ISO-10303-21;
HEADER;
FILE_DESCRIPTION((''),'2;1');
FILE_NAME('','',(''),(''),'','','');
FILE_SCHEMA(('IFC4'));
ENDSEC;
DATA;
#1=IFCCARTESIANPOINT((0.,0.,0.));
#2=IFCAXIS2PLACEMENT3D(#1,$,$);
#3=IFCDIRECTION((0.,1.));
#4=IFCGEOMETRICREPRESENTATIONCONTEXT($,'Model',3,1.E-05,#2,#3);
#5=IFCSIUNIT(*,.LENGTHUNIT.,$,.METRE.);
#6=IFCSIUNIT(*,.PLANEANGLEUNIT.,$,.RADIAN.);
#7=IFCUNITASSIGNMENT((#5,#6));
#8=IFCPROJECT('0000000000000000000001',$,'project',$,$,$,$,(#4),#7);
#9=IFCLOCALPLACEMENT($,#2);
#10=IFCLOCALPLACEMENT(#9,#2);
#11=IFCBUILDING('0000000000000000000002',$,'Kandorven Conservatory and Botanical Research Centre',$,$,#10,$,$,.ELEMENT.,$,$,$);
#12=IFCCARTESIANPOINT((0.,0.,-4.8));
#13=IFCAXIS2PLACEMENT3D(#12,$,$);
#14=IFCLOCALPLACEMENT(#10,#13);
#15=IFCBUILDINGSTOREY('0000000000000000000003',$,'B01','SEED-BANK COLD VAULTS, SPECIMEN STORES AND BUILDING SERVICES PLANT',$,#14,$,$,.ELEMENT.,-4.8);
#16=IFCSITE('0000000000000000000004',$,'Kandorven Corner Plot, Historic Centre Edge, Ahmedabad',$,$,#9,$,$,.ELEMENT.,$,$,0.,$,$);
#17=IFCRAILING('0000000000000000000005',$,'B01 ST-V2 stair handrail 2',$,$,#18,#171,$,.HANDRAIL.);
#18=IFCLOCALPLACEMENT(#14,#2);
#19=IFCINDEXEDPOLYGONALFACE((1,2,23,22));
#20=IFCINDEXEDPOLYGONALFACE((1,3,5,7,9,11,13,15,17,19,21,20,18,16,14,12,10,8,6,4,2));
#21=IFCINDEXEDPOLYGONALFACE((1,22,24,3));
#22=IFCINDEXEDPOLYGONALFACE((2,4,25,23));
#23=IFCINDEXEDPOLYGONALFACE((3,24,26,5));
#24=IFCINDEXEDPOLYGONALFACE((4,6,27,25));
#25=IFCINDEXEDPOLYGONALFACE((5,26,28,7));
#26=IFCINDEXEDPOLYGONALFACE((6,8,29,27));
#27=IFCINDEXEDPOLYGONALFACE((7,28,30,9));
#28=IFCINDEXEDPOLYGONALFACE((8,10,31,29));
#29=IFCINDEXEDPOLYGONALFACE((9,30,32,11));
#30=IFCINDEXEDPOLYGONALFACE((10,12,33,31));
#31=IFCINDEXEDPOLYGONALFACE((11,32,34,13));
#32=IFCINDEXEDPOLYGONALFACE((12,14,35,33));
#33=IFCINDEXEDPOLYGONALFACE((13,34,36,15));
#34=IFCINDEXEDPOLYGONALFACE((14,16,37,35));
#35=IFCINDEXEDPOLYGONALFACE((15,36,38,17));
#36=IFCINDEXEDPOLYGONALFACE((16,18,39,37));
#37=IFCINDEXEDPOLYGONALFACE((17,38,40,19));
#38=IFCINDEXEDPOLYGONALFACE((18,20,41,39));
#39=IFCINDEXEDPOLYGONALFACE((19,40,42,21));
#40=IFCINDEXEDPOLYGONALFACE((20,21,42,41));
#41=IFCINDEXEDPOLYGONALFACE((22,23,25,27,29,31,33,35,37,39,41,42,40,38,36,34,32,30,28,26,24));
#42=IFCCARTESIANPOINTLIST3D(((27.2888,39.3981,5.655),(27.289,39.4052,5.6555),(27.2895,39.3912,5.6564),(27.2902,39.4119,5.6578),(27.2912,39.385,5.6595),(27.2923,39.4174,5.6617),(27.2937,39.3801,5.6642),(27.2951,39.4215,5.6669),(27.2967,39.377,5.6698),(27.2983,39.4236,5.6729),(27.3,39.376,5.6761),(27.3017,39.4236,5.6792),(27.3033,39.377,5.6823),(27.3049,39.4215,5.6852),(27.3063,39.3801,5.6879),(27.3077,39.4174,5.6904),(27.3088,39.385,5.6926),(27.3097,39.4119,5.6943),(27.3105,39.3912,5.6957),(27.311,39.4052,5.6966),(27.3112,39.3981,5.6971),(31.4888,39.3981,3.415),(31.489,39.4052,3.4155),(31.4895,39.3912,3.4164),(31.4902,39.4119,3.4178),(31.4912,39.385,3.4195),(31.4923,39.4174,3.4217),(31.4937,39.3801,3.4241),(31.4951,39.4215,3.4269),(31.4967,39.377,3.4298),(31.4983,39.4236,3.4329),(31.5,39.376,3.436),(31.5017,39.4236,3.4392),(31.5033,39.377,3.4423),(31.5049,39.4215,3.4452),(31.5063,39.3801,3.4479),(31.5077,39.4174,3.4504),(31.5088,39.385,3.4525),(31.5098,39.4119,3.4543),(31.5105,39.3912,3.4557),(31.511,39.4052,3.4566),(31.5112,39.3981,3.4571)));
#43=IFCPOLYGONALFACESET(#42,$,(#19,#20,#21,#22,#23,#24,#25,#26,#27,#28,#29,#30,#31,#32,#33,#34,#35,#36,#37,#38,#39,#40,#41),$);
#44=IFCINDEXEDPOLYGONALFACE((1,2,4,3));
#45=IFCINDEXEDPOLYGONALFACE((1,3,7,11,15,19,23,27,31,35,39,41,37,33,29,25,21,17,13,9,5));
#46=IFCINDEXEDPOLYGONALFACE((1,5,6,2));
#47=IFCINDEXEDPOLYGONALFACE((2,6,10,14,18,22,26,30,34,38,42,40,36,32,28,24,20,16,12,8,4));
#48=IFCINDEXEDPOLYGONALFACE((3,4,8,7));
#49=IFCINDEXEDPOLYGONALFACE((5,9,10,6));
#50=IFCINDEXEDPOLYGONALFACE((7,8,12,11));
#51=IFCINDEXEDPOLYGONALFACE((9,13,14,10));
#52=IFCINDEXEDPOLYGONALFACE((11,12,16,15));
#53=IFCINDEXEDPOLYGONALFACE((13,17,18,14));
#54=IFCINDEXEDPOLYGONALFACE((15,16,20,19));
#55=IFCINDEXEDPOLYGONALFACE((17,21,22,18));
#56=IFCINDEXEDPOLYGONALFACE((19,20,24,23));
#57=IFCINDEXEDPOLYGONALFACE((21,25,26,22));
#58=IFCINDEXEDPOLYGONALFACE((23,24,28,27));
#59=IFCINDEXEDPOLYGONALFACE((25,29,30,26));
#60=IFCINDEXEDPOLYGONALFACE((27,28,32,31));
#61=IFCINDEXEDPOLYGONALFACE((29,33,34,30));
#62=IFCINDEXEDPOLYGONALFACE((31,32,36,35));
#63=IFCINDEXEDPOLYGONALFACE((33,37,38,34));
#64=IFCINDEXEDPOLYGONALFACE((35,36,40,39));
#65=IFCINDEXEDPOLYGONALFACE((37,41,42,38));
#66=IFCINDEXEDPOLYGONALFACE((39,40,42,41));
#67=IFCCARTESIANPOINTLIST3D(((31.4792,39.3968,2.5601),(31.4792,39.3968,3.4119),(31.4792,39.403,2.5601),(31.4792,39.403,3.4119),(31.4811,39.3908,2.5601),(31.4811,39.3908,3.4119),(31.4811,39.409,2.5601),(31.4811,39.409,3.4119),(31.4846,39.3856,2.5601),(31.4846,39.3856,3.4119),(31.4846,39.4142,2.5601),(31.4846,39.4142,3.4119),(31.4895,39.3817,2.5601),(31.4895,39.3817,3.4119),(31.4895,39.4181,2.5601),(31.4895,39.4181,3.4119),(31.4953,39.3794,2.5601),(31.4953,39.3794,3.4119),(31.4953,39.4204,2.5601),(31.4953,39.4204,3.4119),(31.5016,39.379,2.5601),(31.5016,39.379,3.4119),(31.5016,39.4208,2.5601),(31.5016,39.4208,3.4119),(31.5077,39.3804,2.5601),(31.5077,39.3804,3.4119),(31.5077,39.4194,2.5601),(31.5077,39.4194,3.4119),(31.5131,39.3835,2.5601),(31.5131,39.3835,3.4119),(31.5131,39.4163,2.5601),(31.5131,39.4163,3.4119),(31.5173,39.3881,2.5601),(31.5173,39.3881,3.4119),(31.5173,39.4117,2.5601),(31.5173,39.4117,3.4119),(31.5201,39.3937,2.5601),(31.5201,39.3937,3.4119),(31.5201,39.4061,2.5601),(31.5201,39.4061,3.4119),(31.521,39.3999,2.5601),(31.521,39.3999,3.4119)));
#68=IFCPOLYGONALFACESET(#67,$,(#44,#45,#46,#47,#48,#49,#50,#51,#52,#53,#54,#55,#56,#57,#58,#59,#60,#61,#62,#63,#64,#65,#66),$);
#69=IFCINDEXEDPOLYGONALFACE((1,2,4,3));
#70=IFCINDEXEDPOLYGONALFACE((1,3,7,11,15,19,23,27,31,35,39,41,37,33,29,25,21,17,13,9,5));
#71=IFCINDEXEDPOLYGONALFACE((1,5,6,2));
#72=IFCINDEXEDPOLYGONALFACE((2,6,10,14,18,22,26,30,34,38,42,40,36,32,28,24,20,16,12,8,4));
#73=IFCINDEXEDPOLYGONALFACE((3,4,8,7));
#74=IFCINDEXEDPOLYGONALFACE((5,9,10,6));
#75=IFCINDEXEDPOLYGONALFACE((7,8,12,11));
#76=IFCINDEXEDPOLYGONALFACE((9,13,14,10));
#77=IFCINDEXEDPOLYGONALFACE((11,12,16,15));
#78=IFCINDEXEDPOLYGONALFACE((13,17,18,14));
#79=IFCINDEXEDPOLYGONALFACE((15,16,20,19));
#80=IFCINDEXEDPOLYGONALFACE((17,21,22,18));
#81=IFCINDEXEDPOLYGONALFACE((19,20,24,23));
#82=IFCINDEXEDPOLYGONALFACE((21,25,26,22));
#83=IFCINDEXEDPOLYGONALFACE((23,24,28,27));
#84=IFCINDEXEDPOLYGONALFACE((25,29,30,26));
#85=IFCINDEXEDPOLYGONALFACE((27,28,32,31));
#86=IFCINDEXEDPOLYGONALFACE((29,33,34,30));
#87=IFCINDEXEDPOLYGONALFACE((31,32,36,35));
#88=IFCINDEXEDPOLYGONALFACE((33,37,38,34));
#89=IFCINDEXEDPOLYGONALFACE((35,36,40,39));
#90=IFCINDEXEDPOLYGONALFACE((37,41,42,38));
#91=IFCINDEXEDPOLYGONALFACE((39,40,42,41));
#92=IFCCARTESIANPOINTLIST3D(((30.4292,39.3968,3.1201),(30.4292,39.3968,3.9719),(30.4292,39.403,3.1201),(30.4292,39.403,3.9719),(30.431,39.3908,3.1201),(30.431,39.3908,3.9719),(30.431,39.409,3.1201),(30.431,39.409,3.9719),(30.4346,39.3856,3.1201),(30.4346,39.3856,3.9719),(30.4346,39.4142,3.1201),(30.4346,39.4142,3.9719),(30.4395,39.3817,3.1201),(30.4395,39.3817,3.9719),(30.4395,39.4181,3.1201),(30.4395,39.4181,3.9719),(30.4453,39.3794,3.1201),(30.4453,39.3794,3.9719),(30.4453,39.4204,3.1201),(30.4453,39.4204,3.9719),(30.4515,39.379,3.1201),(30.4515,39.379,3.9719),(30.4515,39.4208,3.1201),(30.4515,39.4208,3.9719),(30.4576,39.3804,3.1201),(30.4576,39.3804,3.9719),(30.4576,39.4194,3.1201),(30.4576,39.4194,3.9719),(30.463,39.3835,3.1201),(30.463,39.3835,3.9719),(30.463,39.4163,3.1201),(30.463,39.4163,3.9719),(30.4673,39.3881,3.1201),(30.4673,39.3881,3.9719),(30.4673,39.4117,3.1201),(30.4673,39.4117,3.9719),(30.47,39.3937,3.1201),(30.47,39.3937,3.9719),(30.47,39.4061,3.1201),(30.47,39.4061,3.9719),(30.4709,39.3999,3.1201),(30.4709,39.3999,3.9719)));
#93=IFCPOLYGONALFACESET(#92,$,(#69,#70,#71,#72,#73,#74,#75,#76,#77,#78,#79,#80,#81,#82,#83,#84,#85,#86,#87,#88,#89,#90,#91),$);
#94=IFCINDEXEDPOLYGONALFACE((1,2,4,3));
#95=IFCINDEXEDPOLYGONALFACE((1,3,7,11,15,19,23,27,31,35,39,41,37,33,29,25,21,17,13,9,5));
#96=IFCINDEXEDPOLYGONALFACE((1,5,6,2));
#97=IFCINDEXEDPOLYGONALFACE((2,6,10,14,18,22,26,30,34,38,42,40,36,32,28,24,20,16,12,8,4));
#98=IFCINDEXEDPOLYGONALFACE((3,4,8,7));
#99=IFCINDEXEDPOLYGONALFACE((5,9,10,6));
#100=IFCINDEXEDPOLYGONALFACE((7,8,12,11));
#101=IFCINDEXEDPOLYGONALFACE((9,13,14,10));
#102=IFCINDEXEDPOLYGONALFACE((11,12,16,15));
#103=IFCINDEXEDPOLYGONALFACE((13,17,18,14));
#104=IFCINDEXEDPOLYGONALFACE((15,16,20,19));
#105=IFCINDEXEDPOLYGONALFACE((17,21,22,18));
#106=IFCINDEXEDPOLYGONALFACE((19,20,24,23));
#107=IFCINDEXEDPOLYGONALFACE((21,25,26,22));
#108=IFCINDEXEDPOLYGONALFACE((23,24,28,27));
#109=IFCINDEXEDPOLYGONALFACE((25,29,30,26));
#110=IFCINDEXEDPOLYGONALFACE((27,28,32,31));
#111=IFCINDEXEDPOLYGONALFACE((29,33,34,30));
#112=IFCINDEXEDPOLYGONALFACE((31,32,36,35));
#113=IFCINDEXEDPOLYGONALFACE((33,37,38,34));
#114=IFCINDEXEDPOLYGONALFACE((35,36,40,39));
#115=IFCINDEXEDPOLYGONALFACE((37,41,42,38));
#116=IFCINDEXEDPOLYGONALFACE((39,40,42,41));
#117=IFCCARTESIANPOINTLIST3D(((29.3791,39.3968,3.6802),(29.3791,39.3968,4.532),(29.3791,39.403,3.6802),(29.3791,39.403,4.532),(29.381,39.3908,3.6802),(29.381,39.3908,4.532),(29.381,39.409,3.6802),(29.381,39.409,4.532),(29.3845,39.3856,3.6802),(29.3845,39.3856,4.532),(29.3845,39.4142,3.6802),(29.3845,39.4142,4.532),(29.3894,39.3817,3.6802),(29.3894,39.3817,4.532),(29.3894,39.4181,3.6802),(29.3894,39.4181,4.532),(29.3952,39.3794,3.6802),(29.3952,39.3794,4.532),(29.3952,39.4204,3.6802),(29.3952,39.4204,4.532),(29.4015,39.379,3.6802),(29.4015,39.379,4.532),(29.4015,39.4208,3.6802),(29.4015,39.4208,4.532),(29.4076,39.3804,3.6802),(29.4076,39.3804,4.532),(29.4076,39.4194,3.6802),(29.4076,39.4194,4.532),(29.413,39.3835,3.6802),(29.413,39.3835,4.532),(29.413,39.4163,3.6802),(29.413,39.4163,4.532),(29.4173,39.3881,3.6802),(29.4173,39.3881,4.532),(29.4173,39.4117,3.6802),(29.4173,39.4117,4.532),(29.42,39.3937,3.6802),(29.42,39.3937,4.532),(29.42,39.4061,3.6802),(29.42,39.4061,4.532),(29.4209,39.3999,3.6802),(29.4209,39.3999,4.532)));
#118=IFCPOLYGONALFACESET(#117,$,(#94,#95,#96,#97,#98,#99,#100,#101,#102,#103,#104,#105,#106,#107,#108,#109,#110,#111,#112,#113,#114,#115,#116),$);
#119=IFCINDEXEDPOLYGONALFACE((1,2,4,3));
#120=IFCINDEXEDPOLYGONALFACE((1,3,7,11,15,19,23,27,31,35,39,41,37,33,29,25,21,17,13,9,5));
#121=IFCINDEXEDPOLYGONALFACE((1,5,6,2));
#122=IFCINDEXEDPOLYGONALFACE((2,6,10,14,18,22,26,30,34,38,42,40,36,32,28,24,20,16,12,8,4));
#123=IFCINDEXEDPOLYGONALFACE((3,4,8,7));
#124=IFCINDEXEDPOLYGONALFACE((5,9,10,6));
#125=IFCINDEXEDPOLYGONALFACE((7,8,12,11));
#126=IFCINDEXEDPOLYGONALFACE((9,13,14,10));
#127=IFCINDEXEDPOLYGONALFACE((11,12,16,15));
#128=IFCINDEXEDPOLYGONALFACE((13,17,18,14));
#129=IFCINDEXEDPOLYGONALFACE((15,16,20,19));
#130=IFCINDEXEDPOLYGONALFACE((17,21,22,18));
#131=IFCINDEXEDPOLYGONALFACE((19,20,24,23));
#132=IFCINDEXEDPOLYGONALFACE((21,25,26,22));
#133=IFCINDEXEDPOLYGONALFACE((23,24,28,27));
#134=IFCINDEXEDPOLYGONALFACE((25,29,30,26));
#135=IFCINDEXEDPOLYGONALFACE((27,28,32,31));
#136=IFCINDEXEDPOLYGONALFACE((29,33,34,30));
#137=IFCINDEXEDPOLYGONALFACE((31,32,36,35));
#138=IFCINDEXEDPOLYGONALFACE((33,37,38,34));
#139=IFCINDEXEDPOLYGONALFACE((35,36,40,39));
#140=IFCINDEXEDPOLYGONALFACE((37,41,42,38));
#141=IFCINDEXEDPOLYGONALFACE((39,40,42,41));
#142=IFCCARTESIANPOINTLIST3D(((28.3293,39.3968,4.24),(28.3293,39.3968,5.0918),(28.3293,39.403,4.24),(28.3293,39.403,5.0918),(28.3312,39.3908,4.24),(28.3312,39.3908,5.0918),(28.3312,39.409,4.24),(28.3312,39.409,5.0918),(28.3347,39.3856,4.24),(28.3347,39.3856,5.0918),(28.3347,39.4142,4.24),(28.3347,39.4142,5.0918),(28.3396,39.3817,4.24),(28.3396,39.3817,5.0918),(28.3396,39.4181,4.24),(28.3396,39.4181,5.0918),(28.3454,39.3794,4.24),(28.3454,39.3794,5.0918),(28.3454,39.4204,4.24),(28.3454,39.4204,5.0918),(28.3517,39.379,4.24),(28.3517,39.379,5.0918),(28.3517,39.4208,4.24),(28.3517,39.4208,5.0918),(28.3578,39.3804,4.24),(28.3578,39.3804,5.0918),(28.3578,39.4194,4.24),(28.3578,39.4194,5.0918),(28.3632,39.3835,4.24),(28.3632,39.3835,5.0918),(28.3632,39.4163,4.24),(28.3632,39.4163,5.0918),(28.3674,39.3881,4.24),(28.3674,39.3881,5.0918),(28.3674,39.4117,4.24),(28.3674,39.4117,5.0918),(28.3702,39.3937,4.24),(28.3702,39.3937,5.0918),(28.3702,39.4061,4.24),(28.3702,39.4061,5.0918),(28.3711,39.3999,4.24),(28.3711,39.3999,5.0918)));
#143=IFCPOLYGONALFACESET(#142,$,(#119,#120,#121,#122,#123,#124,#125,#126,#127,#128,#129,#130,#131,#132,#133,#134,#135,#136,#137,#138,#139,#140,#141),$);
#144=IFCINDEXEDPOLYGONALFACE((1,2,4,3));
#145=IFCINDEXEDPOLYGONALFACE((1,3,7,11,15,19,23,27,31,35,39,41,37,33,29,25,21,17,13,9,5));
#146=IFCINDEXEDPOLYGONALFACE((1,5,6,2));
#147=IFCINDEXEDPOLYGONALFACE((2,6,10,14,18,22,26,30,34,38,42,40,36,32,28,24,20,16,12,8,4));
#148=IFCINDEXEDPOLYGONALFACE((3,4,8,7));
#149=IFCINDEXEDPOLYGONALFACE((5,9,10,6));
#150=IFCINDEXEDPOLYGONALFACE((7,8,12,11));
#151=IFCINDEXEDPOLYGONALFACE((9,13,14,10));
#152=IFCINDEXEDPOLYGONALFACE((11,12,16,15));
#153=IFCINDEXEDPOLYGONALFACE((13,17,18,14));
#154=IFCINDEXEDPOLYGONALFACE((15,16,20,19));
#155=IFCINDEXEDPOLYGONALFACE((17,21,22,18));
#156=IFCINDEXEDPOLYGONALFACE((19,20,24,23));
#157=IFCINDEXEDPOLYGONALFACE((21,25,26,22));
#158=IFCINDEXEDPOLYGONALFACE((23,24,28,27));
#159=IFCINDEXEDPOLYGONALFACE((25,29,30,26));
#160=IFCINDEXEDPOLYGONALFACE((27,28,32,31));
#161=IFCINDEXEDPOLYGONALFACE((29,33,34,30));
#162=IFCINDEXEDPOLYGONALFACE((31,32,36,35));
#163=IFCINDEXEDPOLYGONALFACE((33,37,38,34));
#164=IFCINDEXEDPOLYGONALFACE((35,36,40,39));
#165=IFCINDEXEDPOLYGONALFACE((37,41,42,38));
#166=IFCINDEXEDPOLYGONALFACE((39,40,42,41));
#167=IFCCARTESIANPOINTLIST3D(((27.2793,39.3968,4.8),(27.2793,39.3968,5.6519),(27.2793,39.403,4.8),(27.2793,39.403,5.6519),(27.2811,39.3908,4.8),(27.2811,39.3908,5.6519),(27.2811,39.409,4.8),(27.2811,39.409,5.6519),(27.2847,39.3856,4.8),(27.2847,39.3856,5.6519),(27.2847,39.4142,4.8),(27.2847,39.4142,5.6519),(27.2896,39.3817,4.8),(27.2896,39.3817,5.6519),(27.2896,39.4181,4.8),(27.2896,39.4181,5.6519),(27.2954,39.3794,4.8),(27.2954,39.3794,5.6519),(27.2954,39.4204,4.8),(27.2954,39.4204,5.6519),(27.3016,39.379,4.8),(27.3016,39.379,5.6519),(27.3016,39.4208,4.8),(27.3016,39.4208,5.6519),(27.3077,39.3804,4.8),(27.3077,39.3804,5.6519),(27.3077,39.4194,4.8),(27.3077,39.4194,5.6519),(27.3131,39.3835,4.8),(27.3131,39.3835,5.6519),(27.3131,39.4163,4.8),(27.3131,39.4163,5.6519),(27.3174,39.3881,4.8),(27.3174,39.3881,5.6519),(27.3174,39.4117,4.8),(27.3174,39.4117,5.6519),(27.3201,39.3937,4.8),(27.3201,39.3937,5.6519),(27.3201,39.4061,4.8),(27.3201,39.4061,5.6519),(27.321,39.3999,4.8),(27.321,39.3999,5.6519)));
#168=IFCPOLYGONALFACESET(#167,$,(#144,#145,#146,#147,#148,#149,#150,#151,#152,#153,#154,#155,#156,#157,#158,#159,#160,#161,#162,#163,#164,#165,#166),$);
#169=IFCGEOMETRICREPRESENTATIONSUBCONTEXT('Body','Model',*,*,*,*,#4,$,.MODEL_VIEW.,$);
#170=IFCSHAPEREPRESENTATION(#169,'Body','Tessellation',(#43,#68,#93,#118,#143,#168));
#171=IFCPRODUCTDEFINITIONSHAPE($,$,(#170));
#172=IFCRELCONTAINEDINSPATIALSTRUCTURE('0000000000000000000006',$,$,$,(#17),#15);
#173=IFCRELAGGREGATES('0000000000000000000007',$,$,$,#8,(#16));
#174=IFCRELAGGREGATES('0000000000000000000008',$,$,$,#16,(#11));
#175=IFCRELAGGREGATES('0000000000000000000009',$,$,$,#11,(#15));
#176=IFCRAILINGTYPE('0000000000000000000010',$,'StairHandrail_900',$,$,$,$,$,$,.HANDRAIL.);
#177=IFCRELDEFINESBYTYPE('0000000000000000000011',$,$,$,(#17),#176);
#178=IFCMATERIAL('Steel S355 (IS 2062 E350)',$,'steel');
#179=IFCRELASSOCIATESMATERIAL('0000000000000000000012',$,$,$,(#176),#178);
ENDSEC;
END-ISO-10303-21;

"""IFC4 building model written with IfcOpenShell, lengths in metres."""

from ifc_helpers import new_model, si_unit, direction, frame, origin, origin_2d, place, context, subcontext, project, spatial, circle, extrude, material, type_object, element, save


model = new_model("IFC4")

# Units and contexts
model_context = context("Model", 3, precision=1e-05, world=origin(), true_north=direction((0.0, 1.0)))
body_context = subcontext(model_context, "Body", "Model", "MODEL_VIEW")
ifc_project = project(units=[si_unit("LENGTHUNIT", "METRE"), si_unit("PLANEANGLEUNIT", "RADIAN")], contexts=[model_context])

# Site, building, storey
site_placement = place(None, origin())
site = spatial("IfcSite", under=ifc_project, at=site_placement, Name="Kandorven Corner Plot, Historic Centre Edge, Ahmedabad", CompositionType="ELEMENT", RefElevation=0.0)
building_placement = place(site_placement, origin())
building = spatial("IfcBuilding", under=site, at=building_placement, Name="Kandorven Conservatory and Botanical Research Centre", CompositionType="ELEMENT")
storey_placement = place(building_placement, frame((0.0, 0.0, -4.8)))
storey = spatial("IfcBuildingStorey", under=building, at=storey_placement, Name="B01", Description="SEED-BANK COLD VAULTS, SPECIMEN STORES AND BUILDING SERVICES PLANT", CompositionType="ELEMENT", Elevation=-4.8)

# Railing
ifc_material_1 = material(Name="Steel S355 (IS 2062 E350)", Category="steel")
railing_type_1 = type_object("IfcRailingType", Name="StairHandrail_900", PredefinedType="HANDRAIL", material=ifc_material_1)
railing_1_placement = place(storey_placement, frame((31.5, 39.3999, 2.5601)))
element("IfcRailing", 1, at=railing_1_placement, inside=storey, type_object=railing_type_1, Name="B01 ST-V2 stair handrail 2", PredefinedType="HANDRAIL", context=body_context, shape_type="SweptSolid", body=[
    extrude(circle(Radius=0.0239, at=origin_2d()), frame((0.0, 0.0, 0.876), z_axis=(-0.882352, 0.0, 0.470591), x_axis=(0.0, -1.0, 0.0)), (0.0, 0.0, 1.0), 4.76),
    extrude(circle(Radius=0.021, at=origin_2d()), origin(), (0.0, 0.0, 1.0), 0.8518),
    extrude(circle(Radius=0.021, at=origin_2d()), frame((-1.05, 0.0, 0.5601)), (0.0, 0.0, 1.0), 0.8518),
    extrude(circle(Radius=0.021, at=origin_2d()), frame((-2.1001, 0.0, 1.1201)), (0.0, 0.0, 1.0), 0.8518),
    extrude(circle(Radius=0.021, at=origin_2d()), frame((-3.1499, 0.0, 1.6799)), (0.0, 0.0, 1.0), 0.8518),
    extrude(circle(Radius=0.021, at=origin_2d()), frame((-4.2, 0.0, 2.24)), (0.0, 0.0, 1.0), 0.8518),
])

save(model, "model.ifc")
